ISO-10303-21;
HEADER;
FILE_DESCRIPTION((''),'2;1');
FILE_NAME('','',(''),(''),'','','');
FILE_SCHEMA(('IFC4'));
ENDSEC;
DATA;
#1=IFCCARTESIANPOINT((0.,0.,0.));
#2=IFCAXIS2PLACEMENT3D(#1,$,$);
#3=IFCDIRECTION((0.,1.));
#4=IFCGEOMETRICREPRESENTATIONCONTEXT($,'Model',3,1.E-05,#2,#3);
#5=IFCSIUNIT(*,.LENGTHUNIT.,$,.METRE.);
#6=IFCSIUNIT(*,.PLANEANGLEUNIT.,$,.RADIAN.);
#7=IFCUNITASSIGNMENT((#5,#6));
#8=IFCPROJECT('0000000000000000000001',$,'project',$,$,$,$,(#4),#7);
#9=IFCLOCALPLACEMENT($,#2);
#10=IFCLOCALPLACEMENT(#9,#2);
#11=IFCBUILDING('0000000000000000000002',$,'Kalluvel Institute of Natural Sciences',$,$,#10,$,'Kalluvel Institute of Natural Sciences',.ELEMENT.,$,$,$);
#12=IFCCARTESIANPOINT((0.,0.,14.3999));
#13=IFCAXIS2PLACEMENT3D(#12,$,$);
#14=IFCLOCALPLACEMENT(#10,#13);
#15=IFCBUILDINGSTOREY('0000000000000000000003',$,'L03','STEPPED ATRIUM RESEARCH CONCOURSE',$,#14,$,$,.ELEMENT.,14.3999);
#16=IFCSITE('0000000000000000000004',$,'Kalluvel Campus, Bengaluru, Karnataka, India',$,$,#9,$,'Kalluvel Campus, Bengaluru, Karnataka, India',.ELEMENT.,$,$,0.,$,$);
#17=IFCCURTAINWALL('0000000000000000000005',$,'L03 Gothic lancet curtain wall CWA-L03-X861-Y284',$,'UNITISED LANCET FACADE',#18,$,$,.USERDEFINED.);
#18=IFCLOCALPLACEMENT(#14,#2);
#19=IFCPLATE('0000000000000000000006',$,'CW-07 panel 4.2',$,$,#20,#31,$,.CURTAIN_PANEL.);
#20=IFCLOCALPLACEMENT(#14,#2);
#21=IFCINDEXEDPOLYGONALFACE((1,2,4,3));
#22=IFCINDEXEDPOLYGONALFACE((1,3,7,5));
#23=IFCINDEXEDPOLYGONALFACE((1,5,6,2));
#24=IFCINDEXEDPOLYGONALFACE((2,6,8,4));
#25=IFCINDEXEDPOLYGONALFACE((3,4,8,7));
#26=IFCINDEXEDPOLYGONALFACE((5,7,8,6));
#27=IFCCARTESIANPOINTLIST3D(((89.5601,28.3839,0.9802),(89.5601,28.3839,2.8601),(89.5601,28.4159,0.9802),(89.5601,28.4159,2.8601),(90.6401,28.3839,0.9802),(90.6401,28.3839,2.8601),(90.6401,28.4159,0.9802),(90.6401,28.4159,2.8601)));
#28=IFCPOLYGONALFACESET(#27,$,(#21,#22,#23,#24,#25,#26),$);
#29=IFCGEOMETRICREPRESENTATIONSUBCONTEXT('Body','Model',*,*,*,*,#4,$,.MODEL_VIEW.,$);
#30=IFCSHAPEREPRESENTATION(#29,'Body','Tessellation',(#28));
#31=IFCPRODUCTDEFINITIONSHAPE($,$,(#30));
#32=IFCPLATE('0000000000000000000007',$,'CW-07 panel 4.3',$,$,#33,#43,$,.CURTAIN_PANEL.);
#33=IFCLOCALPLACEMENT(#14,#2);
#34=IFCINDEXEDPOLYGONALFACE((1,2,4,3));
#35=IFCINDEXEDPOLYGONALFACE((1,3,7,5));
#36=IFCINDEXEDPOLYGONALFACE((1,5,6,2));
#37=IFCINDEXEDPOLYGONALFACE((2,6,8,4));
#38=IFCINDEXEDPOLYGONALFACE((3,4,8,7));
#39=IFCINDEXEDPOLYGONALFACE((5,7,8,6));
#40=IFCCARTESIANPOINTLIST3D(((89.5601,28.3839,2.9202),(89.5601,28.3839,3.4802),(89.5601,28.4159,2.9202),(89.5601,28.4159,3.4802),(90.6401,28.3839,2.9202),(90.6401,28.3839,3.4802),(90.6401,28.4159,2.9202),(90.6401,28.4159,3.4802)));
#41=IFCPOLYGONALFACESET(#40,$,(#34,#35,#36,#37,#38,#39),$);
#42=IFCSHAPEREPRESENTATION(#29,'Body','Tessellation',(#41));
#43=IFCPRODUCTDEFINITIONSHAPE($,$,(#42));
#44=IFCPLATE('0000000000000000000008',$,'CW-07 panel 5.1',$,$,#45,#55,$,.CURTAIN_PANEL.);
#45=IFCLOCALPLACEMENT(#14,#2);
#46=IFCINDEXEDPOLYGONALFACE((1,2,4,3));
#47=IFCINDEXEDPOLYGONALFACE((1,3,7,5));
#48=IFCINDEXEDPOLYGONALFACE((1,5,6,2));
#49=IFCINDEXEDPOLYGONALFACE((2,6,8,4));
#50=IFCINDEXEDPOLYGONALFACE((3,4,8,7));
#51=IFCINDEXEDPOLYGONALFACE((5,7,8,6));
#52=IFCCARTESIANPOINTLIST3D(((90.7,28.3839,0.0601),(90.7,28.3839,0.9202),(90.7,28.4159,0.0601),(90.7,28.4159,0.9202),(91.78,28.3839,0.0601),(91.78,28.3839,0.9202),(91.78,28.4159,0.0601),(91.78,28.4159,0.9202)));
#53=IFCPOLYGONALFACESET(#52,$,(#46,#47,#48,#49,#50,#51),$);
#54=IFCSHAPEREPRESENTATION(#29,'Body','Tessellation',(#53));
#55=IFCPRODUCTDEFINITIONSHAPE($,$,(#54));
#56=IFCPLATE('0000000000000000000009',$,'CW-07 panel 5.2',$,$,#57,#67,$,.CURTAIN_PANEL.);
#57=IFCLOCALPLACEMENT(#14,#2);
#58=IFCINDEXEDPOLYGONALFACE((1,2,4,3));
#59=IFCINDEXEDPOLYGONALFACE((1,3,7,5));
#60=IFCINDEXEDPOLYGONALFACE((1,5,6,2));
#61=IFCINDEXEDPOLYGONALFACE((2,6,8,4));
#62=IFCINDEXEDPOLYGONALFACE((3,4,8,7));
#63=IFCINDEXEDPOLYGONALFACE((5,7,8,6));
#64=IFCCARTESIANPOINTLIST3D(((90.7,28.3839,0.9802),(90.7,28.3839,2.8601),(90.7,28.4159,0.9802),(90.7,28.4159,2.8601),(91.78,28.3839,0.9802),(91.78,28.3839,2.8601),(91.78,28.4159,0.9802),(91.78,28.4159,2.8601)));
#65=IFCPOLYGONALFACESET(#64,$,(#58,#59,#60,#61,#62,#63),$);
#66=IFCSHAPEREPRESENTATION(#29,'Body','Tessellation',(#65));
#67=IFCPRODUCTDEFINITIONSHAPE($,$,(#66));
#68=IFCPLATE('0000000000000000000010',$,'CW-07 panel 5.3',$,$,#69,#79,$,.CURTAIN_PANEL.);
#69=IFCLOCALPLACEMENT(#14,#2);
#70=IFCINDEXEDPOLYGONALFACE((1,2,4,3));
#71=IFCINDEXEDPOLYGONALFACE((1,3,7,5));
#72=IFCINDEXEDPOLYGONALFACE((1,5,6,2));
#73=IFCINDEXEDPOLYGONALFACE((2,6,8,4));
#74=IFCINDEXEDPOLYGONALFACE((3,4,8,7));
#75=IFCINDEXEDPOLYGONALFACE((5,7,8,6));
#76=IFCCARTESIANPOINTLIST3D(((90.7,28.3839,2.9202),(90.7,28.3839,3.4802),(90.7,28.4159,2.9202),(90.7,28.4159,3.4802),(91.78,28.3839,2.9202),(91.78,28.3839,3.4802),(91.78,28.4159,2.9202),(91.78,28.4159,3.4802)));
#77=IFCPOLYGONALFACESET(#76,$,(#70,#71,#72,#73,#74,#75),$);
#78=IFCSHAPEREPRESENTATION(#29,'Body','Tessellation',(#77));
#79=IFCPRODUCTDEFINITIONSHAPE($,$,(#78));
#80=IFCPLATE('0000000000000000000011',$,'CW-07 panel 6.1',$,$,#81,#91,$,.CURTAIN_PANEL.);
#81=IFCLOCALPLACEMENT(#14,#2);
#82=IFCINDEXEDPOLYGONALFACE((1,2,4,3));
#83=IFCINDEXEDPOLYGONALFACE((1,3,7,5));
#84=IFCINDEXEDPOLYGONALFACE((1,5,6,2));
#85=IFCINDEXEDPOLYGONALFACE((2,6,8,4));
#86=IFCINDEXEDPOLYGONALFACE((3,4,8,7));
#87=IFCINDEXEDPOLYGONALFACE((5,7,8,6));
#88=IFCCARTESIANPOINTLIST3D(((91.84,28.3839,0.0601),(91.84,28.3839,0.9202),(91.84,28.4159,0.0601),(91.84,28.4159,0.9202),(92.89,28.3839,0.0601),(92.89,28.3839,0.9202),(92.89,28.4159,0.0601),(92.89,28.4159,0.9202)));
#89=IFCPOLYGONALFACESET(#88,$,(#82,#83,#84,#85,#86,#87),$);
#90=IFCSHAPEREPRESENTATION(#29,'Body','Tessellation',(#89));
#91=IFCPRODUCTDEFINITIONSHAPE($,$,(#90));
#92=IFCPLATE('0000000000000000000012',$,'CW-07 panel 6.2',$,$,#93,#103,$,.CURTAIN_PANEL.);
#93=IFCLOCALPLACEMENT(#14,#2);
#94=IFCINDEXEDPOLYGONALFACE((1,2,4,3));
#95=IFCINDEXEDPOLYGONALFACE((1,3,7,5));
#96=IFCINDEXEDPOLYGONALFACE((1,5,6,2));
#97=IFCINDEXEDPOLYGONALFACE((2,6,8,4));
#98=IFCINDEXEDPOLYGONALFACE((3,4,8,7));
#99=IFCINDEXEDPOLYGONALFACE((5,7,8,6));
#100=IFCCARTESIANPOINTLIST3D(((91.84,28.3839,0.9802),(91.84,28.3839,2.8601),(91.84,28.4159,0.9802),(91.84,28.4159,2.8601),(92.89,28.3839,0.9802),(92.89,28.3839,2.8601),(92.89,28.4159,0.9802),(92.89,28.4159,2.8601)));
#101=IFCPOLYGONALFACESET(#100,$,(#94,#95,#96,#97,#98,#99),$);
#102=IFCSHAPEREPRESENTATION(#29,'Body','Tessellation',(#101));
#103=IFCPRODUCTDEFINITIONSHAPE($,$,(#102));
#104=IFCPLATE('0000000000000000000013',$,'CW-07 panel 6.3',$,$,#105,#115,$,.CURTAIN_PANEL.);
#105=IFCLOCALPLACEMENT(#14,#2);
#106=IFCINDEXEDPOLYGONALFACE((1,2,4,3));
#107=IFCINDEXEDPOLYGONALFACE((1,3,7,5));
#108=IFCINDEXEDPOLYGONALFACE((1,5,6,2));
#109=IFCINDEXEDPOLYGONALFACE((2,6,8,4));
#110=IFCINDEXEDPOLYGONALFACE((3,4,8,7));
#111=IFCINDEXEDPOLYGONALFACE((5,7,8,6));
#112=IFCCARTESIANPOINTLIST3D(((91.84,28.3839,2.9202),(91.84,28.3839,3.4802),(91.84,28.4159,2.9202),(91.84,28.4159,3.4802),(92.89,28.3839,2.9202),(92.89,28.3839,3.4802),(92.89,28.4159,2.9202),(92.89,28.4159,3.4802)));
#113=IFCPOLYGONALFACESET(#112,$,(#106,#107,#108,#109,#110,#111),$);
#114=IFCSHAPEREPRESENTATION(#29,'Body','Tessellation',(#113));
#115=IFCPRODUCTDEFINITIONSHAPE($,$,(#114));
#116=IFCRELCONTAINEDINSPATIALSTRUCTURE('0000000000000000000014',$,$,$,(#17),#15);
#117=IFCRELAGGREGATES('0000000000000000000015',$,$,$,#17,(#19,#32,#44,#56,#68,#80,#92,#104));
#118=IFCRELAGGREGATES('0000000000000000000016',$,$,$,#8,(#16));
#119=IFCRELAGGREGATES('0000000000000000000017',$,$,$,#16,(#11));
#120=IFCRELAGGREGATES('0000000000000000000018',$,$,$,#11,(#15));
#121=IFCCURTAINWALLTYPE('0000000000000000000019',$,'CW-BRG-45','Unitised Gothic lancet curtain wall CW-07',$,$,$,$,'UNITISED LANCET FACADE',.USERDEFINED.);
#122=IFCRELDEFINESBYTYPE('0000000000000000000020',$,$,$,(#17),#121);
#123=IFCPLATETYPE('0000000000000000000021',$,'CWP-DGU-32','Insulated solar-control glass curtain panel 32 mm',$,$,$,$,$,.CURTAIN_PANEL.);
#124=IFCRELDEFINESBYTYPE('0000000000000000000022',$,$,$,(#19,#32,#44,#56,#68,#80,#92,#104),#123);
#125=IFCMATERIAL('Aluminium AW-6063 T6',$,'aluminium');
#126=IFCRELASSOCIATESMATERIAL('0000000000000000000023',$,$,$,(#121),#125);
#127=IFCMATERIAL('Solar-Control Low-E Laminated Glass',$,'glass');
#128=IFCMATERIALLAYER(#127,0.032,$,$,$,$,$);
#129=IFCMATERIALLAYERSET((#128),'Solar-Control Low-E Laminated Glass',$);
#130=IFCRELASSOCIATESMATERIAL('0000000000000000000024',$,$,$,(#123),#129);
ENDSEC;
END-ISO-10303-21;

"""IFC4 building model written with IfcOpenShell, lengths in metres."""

from ifc_helpers import new_model, si_unit, direction, frame, origin, origin_2d, place, context, subcontext, project, spatial, rectangle, extrude, material, layer, layer_set, type_object, element, aggregate, save


model = new_model("IFC4")

# Units and contexts
model_context = context("Model", 3, precision=1e-05, world=origin(), true_north=direction((0.0, 1.0)))
body_context = subcontext(model_context, "Body", "Model", "MODEL_VIEW")
ifc_project = project(units=[si_unit("LENGTHUNIT", "METRE"), si_unit("PLANEANGLEUNIT", "RADIAN")], contexts=[model_context])

# Site, building, storey
site_placement = place(None, origin())
site = spatial("IfcSite", under=ifc_project, at=site_placement, Name="Kalluvel Campus, Bengaluru, Karnataka, India", LongName="Kalluvel Campus, Bengaluru, Karnataka, India", CompositionType="ELEMENT", RefElevation=0.0)
building_placement = place(site_placement, origin())
building = spatial("IfcBuilding", under=site, at=building_placement, Name="Kalluvel Institute of Natural Sciences", LongName="Kalluvel Institute of Natural Sciences", CompositionType="ELEMENT")
storey_placement = place(building_placement, frame((0.0, 0.0, 14.3999)))
storey = spatial("IfcBuildingStorey", under=building, at=storey_placement, Name="L03", Description="STEPPED ATRIUM RESEARCH CONCOURSE", CompositionType="ELEMENT", Elevation=14.3999)

# Curtain wall
ifc_material_1 = material(Name="Aluminium AW-6063 T6", Category="aluminium")
curtain_wall_type = type_object("IfcCurtainWallType", Name="CW-BRG-45", Description="Unitised Gothic lancet curtain wall CW-07", ElementType="UNITISED LANCET FACADE", PredefinedType="USERDEFINED", material=ifc_material_1)
curtain_wall_1_placement = place(storey_placement, origin())
curtain_wall_1 = element("IfcCurtainWall", 1, at=curtain_wall_1_placement, inside=storey, type_object=curtain_wall_type, Name="L03 Gothic lancet curtain wall CWA-L03-X861-Y284", ObjectType="UNITISED LANCET FACADE", PredefinedType="USERDEFINED")

# Plates
ifc_material_2 = material(Name="Solar-Control Low-E Laminated Glass", Category="glass")
ifc_layer = layer(ifc_material_2, 0.032)
ifc_layer_set = layer_set([ifc_layer], Name="Solar-Control Low-E Laminated Glass")
plate_type = type_object("IfcPlateType", Name="CWP-DGU-32", Description="Insulated solar-control glass curtain panel 32 mm", PredefinedType="CURTAIN_PANEL", material=ifc_layer_set)
plate_1_placement = place(storey_placement, frame((90.1001, 28.3999, 0.9802), z_axis=(0.0, 0.0, 1.0), x_axis=(1.0, 0.0, 0.0)))
plate_1 = element("IfcPlate", 2, at=plate_1_placement, type_object=plate_type, Name="CW-07 panel 4.2", PredefinedType="CURTAIN_PANEL", context=body_context, shape_type="SweptSolid", body=[
    extrude(rectangle(XDim=1.0801, YDim=0.032, at=origin_2d()), origin(), (0.0, 0.0, 1.0), 1.8799),
])
plate_2_placement = place(storey_placement, frame((90.1001, 28.3999, 2.9202), z_axis=(0.0, 0.0, 1.0), x_axis=(1.0, 0.0, 0.0)))
plate_2 = element("IfcPlate", 3, at=plate_2_placement, type_object=plate_type, Name="CW-07 panel 4.3", PredefinedType="CURTAIN_PANEL", context=body_context, shape_type="SweptSolid", body=[
    extrude(rectangle(XDim=1.0801, YDim=0.032, at=origin_2d()), origin(), (0.0, 0.0, 1.0), 0.5601),
])
plate_3_placement = place(storey_placement, frame((91.24, 28.3999, 0.0601), z_axis=(0.0, 0.0, 1.0), x_axis=(1.0, 0.0, 0.0)))
plate_3 = element("IfcPlate", 4, at=plate_3_placement, type_object=plate_type, Name="CW-07 panel 5.1", PredefinedType="CURTAIN_PANEL", context=body_context, shape_type="SweptSolid", body=[
    extrude(rectangle(XDim=1.0801, YDim=0.032, at=origin_2d()), origin(), (0.0, 0.0, 1.0), 0.8601),
])
plate_4_placement = place(storey_placement, frame((91.24, 28.3999, 0.9802), z_axis=(0.0, 0.0, 1.0), x_axis=(1.0, 0.0, 0.0)))
plate_4 = element("IfcPlate", 5, at=plate_4_placement, type_object=plate_type, Name="CW-07 panel 5.2", PredefinedType="CURTAIN_PANEL", context=body_context, shape_type="SweptSolid", body=[
    extrude(rectangle(XDim=1.0801, YDim=0.032, at=origin_2d()), origin(), (0.0, 0.0, 1.0), 1.8799),
])
plate_5_placement = place(storey_placement, frame((91.24, 28.3999, 2.9202), z_axis=(0.0, 0.0, 1.0), x_axis=(1.0, 0.0, 0.0)))
plate_5 = element("IfcPlate", 6, at=plate_5_placement, type_object=plate_type, Name="CW-07 panel 5.3", PredefinedType="CURTAIN_PANEL", context=body_context, shape_type="SweptSolid", body=[
    extrude(rectangle(XDim=1.0801, YDim=0.032, at=origin_2d()), origin(), (0.0, 0.0, 1.0), 0.5601),
])
plate_6_placement = place(storey_placement, frame((92.365, 28.3999, 0.0601), z_axis=(0.0, 0.0, 1.0), x_axis=(1.0, 0.0, 0.0)))
plate_6 = element("IfcPlate", 7, at=plate_6_placement, type_object=plate_type, Name="CW-07 panel 6.1", PredefinedType="CURTAIN_PANEL", context=body_context, shape_type="SweptSolid", body=[
    extrude(rectangle(XDim=1.05, YDim=0.032, at=origin_2d()), origin(), (0.0, 0.0, 1.0), 0.8601),
])
plate_7_placement = place(storey_placement, frame((92.365, 28.3999, 0.9802), z_axis=(0.0, 0.0, 1.0), x_axis=(1.0, 0.0, 0.0)))
plate_7 = element("IfcPlate", 8, at=plate_7_placement, type_object=plate_type, Name="CW-07 panel 6.2", PredefinedType="CURTAIN_PANEL", context=body_context, shape_type="SweptSolid", body=[
    extrude(rectangle(XDim=1.05, YDim=0.032, at=origin_2d()), origin(), (0.0, 0.0, 1.0), 1.8799),
])
plate_8_placement = place(storey_placement, frame((92.365, 28.3999, 2.9202), z_axis=(0.0, 0.0, 1.0), x_axis=(1.0, 0.0, 0.0)))
plate_8 = element("IfcPlate", 9, at=plate_8_placement, type_object=plate_type, Name="CW-07 panel 6.3", PredefinedType="CURTAIN_PANEL", context=body_context, shape_type="SweptSolid", body=[
    extrude(rectangle(XDim=1.05, YDim=0.032, at=origin_2d()), origin(), (0.0, 0.0, 1.0), 0.5601),
])
aggregate(curtain_wall_1, [plate_1, plate_2, plate_3, plate_4, plate_5, plate_6, plate_7, plate_8])

save(model, "model.ifc")
